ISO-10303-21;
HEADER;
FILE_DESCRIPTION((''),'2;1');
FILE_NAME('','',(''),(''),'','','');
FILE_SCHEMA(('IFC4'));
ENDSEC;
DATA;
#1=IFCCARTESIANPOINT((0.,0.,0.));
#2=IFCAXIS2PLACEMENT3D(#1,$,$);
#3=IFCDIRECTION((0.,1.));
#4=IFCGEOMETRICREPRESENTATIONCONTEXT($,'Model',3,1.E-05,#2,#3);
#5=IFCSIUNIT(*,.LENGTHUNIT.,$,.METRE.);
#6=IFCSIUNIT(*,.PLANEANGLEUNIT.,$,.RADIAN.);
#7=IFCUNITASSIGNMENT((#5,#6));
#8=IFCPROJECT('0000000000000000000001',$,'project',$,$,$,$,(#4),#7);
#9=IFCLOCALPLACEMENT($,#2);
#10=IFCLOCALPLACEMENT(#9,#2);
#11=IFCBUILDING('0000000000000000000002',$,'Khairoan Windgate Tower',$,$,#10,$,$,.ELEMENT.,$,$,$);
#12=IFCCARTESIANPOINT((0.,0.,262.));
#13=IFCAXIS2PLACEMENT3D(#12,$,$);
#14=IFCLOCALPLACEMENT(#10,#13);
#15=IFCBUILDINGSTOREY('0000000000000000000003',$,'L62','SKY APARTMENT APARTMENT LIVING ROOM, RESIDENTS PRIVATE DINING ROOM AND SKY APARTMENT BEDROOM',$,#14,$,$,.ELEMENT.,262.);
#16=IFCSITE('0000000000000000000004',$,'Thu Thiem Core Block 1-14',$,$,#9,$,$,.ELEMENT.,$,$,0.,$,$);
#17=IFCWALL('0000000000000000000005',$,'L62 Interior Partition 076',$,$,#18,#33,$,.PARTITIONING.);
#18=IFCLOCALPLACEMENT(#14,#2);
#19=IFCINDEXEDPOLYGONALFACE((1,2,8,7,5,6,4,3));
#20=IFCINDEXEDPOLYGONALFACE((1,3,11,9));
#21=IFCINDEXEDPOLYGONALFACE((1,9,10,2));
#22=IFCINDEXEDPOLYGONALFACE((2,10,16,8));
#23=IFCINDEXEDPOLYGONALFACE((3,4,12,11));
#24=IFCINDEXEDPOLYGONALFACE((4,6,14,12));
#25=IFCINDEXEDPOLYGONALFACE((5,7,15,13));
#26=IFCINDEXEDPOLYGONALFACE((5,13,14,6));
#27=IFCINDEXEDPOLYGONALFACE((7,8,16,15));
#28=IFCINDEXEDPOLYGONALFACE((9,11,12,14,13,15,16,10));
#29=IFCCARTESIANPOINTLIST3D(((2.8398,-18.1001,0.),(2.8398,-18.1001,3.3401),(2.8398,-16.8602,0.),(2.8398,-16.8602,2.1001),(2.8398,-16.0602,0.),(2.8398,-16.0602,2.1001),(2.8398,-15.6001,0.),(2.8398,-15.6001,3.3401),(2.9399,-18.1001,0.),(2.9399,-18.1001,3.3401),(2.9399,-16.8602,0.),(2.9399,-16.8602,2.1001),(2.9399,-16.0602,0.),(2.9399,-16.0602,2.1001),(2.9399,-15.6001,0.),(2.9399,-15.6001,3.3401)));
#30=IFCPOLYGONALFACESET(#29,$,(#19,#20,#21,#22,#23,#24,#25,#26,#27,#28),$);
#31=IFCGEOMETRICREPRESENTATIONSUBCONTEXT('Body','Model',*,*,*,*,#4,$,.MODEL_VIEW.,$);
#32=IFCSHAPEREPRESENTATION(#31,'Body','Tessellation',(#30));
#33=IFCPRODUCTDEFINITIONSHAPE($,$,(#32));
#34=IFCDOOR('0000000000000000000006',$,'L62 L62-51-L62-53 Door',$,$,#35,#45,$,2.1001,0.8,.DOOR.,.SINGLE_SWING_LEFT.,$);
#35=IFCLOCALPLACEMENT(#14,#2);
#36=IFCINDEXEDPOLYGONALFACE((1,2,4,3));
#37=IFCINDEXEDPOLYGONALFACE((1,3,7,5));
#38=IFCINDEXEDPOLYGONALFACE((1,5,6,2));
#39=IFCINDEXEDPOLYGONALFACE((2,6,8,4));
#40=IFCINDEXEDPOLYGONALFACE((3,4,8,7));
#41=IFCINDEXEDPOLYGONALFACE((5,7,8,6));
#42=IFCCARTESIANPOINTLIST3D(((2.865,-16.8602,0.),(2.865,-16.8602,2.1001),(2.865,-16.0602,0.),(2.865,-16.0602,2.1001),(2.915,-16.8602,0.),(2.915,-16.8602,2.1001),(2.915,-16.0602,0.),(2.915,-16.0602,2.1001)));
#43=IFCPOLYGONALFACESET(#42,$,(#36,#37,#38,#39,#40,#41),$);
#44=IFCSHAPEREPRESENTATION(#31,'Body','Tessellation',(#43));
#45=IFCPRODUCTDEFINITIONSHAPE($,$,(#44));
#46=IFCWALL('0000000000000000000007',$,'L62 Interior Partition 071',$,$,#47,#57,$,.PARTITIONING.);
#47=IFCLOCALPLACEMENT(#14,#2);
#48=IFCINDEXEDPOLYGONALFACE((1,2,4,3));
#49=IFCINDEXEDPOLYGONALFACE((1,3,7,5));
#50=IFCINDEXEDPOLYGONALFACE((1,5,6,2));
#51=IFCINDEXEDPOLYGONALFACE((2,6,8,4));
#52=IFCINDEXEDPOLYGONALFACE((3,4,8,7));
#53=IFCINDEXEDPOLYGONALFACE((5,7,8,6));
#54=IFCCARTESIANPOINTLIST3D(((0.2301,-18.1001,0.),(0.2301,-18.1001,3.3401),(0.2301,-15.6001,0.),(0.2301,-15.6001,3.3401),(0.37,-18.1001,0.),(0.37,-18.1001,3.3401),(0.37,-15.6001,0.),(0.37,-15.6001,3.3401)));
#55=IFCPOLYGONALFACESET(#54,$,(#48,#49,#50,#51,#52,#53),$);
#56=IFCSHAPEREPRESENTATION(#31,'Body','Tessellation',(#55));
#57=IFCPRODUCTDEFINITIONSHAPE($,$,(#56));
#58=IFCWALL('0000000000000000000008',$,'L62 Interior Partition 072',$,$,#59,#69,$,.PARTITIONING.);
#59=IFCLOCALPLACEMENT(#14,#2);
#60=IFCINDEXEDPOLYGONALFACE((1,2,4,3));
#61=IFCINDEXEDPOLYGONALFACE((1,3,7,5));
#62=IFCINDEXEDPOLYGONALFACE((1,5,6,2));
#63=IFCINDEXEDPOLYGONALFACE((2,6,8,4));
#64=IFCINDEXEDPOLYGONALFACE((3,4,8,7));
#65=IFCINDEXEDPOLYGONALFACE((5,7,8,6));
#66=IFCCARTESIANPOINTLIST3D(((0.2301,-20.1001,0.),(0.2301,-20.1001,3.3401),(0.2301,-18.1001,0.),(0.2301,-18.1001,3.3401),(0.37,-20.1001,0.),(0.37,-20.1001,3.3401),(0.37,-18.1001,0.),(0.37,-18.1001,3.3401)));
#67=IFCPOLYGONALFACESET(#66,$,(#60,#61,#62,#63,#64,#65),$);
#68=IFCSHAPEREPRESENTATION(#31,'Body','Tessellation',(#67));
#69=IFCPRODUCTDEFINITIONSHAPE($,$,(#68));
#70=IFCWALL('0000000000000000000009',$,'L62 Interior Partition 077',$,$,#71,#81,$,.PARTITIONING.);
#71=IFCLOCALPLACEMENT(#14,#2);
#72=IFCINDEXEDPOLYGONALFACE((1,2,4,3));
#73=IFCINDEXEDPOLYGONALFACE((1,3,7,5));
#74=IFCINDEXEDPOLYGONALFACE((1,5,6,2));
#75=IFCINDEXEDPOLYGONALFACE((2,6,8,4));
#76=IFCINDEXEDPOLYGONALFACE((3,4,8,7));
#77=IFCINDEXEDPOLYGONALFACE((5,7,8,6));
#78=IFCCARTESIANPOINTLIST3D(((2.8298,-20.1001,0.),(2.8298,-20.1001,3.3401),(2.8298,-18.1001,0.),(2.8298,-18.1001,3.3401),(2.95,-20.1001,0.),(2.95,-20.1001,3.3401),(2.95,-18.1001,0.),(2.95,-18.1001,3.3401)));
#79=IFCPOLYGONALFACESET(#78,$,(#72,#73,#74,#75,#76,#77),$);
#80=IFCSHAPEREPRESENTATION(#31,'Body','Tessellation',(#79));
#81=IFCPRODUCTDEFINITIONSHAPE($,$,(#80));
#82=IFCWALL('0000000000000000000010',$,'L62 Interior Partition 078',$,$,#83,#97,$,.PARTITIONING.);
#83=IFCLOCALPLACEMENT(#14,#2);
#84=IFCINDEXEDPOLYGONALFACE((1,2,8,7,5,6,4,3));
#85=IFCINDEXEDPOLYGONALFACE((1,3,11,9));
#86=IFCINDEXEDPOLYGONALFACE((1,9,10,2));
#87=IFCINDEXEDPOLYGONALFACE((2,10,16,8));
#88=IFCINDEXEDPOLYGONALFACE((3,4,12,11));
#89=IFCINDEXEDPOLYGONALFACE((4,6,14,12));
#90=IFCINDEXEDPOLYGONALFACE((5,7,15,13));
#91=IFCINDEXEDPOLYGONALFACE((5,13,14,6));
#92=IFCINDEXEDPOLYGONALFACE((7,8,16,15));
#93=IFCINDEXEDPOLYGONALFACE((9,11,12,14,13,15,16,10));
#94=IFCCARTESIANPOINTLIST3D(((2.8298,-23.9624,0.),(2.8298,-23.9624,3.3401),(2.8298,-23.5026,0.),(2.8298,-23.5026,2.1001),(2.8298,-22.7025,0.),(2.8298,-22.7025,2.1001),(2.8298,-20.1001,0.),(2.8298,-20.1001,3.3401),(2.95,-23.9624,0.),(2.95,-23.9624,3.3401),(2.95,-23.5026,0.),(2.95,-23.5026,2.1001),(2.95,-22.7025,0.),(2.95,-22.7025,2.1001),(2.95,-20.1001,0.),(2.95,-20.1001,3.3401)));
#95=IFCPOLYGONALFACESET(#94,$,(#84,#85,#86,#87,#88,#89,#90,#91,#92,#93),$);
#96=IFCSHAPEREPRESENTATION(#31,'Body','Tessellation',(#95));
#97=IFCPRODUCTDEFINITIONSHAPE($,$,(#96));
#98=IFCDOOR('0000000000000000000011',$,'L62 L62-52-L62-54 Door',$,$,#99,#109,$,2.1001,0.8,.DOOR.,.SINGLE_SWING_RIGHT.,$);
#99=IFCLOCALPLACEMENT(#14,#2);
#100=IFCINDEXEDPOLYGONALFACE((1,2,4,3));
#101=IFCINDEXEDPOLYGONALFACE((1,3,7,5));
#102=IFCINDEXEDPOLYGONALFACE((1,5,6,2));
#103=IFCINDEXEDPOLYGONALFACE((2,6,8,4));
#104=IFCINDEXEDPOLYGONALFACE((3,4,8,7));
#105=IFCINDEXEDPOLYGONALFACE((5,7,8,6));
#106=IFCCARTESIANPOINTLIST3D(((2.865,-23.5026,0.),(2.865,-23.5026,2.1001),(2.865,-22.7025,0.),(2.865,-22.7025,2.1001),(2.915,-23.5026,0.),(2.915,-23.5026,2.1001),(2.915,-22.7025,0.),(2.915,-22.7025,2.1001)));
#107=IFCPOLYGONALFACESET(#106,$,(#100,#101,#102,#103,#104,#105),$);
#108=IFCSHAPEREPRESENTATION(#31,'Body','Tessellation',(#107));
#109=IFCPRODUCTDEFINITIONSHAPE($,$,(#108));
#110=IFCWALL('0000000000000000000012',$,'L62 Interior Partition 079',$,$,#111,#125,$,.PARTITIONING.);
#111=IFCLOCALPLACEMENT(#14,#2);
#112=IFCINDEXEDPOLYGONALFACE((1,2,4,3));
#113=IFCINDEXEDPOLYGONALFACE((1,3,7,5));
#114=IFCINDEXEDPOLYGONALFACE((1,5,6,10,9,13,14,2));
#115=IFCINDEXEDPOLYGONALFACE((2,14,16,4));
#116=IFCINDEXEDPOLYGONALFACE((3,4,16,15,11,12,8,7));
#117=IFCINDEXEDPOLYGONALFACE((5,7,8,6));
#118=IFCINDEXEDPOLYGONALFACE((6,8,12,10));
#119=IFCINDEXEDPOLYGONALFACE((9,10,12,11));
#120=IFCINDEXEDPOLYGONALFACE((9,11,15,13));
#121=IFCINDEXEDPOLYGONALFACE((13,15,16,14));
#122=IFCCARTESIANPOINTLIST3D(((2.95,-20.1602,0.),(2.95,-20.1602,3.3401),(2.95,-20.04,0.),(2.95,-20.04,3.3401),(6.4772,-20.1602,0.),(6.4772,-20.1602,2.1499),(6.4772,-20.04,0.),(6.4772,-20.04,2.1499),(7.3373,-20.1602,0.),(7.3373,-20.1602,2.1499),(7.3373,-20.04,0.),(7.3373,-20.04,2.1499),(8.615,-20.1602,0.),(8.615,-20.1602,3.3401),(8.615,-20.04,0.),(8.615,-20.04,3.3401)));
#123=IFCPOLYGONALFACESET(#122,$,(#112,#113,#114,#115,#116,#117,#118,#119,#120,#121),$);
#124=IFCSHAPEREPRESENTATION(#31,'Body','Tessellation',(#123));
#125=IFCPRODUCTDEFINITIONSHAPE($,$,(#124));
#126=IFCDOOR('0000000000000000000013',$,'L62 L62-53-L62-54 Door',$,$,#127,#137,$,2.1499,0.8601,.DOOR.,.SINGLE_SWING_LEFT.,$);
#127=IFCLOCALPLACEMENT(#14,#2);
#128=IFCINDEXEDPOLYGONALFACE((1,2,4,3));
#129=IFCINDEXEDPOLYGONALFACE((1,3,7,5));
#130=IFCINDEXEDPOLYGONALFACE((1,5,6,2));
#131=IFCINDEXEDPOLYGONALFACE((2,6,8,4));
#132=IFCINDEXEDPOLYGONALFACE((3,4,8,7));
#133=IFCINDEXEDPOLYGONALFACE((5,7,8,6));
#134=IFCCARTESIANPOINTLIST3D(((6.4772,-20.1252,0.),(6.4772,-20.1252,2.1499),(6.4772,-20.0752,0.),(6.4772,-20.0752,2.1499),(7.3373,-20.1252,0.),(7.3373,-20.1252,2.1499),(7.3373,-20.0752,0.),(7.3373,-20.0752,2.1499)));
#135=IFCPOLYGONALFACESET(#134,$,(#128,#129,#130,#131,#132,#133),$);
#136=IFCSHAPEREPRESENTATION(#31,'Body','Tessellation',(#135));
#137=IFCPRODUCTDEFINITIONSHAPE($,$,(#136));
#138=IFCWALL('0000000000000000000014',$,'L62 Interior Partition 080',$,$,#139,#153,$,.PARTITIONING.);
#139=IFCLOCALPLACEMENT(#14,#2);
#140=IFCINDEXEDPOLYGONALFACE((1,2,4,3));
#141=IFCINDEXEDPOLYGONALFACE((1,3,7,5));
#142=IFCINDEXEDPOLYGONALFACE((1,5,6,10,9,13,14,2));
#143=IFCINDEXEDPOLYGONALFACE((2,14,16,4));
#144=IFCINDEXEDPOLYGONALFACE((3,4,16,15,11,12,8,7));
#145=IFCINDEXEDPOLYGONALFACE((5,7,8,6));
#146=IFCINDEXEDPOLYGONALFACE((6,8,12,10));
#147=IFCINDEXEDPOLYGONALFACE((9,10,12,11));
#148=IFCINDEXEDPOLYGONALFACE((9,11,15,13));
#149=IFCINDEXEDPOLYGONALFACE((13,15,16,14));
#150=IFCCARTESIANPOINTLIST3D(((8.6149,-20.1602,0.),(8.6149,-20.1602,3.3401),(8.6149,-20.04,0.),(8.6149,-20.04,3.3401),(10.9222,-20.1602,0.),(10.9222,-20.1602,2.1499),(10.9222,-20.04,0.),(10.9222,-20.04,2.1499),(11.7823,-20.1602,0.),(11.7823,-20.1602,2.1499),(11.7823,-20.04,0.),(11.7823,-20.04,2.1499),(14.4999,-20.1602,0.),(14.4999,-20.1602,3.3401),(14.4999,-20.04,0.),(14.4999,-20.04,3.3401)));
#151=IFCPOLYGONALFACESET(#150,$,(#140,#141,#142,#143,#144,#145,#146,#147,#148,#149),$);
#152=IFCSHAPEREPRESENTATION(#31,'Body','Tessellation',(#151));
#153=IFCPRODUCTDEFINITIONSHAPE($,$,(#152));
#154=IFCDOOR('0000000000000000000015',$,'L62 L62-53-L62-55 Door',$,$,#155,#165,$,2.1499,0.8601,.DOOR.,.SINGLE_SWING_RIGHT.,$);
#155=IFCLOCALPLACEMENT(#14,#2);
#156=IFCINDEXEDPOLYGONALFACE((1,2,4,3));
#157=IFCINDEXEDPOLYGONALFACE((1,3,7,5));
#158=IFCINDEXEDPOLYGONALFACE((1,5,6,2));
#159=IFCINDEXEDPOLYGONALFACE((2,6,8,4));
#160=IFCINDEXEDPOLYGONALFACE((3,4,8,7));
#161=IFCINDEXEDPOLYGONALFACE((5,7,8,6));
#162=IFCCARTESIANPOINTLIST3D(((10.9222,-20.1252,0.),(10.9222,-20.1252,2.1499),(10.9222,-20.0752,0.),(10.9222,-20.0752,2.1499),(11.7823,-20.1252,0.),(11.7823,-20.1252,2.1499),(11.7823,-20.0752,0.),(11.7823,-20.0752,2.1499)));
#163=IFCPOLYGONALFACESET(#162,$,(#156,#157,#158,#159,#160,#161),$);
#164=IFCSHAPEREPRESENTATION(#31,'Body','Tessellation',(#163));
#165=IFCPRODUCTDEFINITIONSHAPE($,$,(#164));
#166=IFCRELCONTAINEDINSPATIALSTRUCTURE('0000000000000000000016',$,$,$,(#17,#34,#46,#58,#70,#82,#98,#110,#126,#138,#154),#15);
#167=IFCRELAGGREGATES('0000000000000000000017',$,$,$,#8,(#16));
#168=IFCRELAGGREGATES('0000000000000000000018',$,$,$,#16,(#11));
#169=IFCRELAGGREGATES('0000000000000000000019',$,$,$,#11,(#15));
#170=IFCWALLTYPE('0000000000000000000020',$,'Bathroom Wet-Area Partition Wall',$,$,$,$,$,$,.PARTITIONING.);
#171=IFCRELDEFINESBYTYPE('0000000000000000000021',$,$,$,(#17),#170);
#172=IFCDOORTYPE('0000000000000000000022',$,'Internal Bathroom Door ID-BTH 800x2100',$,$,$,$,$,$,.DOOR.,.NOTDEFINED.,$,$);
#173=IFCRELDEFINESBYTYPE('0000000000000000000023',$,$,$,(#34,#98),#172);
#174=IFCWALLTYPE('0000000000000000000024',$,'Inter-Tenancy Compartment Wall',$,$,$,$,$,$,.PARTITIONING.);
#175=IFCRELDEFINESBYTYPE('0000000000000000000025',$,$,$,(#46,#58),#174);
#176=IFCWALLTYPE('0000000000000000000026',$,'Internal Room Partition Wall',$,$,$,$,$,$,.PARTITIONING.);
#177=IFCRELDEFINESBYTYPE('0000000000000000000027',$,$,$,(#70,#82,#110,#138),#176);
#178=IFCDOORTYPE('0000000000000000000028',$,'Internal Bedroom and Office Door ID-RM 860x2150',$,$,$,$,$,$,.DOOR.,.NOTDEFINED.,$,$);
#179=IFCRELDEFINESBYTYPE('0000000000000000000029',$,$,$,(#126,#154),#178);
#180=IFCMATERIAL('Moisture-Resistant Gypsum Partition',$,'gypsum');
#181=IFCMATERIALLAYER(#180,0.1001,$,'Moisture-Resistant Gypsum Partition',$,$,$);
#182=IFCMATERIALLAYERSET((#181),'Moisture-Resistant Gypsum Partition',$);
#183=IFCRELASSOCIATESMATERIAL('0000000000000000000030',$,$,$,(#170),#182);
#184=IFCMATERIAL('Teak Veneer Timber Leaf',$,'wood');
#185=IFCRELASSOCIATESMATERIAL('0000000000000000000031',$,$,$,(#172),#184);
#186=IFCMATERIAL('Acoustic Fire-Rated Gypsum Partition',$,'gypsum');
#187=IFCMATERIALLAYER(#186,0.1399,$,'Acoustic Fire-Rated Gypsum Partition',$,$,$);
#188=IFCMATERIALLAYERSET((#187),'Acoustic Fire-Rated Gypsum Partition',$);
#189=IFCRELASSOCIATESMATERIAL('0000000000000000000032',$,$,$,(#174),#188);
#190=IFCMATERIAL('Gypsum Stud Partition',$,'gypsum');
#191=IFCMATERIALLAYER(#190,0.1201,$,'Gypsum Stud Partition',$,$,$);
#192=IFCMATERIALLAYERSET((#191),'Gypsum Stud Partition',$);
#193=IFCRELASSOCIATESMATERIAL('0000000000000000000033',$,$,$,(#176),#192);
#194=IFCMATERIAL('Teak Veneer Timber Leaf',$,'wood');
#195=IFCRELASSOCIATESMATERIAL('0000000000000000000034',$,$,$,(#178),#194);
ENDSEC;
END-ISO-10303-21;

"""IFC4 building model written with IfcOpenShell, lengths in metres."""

from ifc_helpers import new_model, si_unit, direction, frame, frame_2d, origin, place, context, subcontext, project, spatial, rectangle, extrude, material, layer, layer_set, type_object, element, fill, save


model = new_model("IFC4")

# Units and contexts
model_context = context("Model", 3, precision=1e-05, world=origin(), true_north=direction((0.0, 1.0)))
body_context = subcontext(model_context, "Body", "Model", "MODEL_VIEW")
ifc_project = project(units=[si_unit("LENGTHUNIT", "METRE"), si_unit("PLANEANGLEUNIT", "RADIAN")], contexts=[model_context])

# Site, building, storey
site_placement = place(None, origin())
site = spatial("IfcSite", under=ifc_project, at=site_placement, Name="Thu Thiem Core Block 1-14", CompositionType="ELEMENT", RefElevation=0.0)
building_placement = place(site_placement, origin())
building = spatial("IfcBuilding", under=site, at=building_placement, Name="Khairoan Windgate Tower", CompositionType="ELEMENT")
storey_placement = place(building_placement, frame((0.0, 0.0, 262.0)))
storey = spatial("IfcBuildingStorey", under=building, at=storey_placement, Name="L62", Description="SKY APARTMENT APARTMENT LIVING ROOM, RESIDENTS PRIVATE DINING ROOM AND SKY APARTMENT BEDROOM", CompositionType="ELEMENT", Elevation=262.0)

# Shared definitions
ifc_material_1 = material(Name="Moisture-Resistant Gypsum Partition", Category="gypsum")
ifc_layer_1 = layer(ifc_material_1, 0.1001, Name="Moisture-Resistant Gypsum Partition")
ifc_layer_set_1 = layer_set([ifc_layer_1], Name="Moisture-Resistant Gypsum Partition")
wall_type_1 = type_object("IfcWallType", Name="Bathroom Wet-Area Partition Wall", PredefinedType="PARTITIONING", material=ifc_layer_set_1)

# Wall, opening, door
wall_1_placement = place(storey_placement, frame((2.8899, -18.1001, 0.0), z_axis=(0.0, 0.0, 1.0), x_axis=(0.0, 1.0, 0.0)))
wall_1 = element("IfcWall", 1, at=wall_1_placement, inside=storey, type_object=wall_type_1, Name="L62 Interior Partition 076", PredefinedType="PARTITIONING", context=body_context, shape_type="SweptSolid", body=[
    extrude(rectangle(XDim=2.5, YDim=0.1001, at=frame_2d((1.25, 0.0))), origin(), (0.0, 0.0, 1.0), 3.3401),
])
opening_1_placement = place(wall_1_placement, frame((1.24, 0.0, 0.0)))
opening_1 = element("IfcOpeningElement", 2, at=opening_1_placement, cuts=wall_1, PredefinedType="OPENING", context=body_context, shape_type="SweptSolid", body=[
    extrude(rectangle(XDim=0.8, YDim=2.1001, at=frame_2d((0.3999, 1.05))), frame((0.0, 0.0601, 0.0), z_axis=(0.0, -1.0, 0.0), x_axis=(1.0, 0.0, 0.0)), (0.0, 0.0, 1.0), 0.1201),
])
ifc_material_2 = material(Name="Teak Veneer Timber Leaf", Category="wood")
door_type_1 = type_object("IfcDoorType", Name="Internal Bathroom Door ID-BTH 800x2100", OperationType="NOTDEFINED", PredefinedType="DOOR", material=ifc_material_2)
door_1_placement = place(opening_1_placement, origin())
door_1 = element("IfcDoor", 3, at=door_1_placement, inside=storey, type_object=door_type_1, Name="L62 L62-51-L62-53 Door", OperationType="SINGLE_SWING_LEFT", OverallHeight=2.1001, OverallWidth=0.8, PredefinedType="DOOR", context=body_context, shape_type="SweptSolid", body=[
    extrude(rectangle(XDim=0.8, YDim=2.1001, at=frame_2d((0.3999, 1.05))), frame((0.0, 0.0249, 0.0), z_axis=(0.0, -1.0, 0.0), x_axis=(1.0, 0.0, 0.0)), (0.0, 0.0, 1.0), 0.05),
])
fill(opening_1, door_1)

# Walls
ifc_material_3 = material(Name="Acoustic Fire-Rated Gypsum Partition", Category="gypsum")
ifc_layer_2 = layer(ifc_material_3, 0.1399, Name="Acoustic Fire-Rated Gypsum Partition")
ifc_layer_set_2 = layer_set([ifc_layer_2], Name="Acoustic Fire-Rated Gypsum Partition")
wall_type_2 = type_object("IfcWallType", Name="Inter-Tenancy Compartment Wall", PredefinedType="PARTITIONING", material=ifc_layer_set_2)
wall_2_placement = place(storey_placement, frame((0.3, -18.1001, 0.0), z_axis=(0.0, 0.0, 1.0), x_axis=(0.0, 1.0, 0.0)))
element("IfcWall", 4, at=wall_2_placement, inside=storey, type_object=wall_type_2, Name="L62 Interior Partition 071", PredefinedType="PARTITIONING", context=body_context, shape_type="SweptSolid", body=[
    extrude(rectangle(XDim=2.5, YDim=0.1399, at=frame_2d((1.25, 0.0))), origin(), (0.0, 0.0, 1.0), 3.3401),
])
wall_3_placement = place(storey_placement, frame((0.3, -20.1001, 0.0), z_axis=(0.0, 0.0, 1.0), x_axis=(0.0, 1.0, 0.0)))
element("IfcWall", 5, at=wall_3_placement, inside=storey, type_object=wall_type_2, Name="L62 Interior Partition 072", PredefinedType="PARTITIONING", context=body_context, shape_type="SweptSolid", body=[
    extrude(rectangle(XDim=2.0, YDim=0.1399, at=frame_2d((1.0, 0.0))), origin(), (0.0, 0.0, 1.0), 3.3401),
])
ifc_material_4 = material(Name="Gypsum Stud Partition", Category="gypsum")
ifc_layer_3 = layer(ifc_material_4, 0.1201, Name="Gypsum Stud Partition")
ifc_layer_set_3 = layer_set([ifc_layer_3], Name="Gypsum Stud Partition")
wall_type_3 = type_object("IfcWallType", Name="Internal Room Partition Wall", PredefinedType="PARTITIONING", material=ifc_layer_set_3)
wall_4_placement = place(storey_placement, frame((2.8899, -20.1001, 0.0), z_axis=(0.0, 0.0, 1.0), x_axis=(0.0, 1.0, 0.0)))
element("IfcWall", 6, at=wall_4_placement, inside=storey, type_object=wall_type_3, Name="L62 Interior Partition 077", PredefinedType="PARTITIONING", context=body_context, shape_type="SweptSolid", body=[
    extrude(rectangle(XDim=2.0, YDim=0.1201, at=frame_2d((1.0, 0.0))), origin(), (0.0, 0.0, 1.0), 3.3401),
])

# Walls, openings, doors
wall_5_placement = place(storey_placement, frame((2.8899, -23.9624, 0.0), z_axis=(0.0, 0.0, 1.0), x_axis=(0.0, 1.0, 0.0)))
wall_5 = element("IfcWall", 7, at=wall_5_placement, inside=storey, type_object=wall_type_3, Name="L62 Interior Partition 078", PredefinedType="PARTITIONING", context=body_context, shape_type="SweptSolid", body=[
    extrude(rectangle(XDim=3.8623, YDim=0.1201, at=frame_2d((1.9312, 0.0))), origin(), (0.0, 0.0, 1.0), 3.3401),
])
opening_2_placement = place(wall_5_placement, frame((0.46, 0.0, 0.0)))
opening_2 = element("IfcOpeningElement", 8, at=opening_2_placement, cuts=wall_5, PredefinedType="OPENING", context=body_context, shape_type="SweptSolid", body=[
    extrude(rectangle(XDim=0.8, YDim=2.1001, at=frame_2d((0.3999, 1.05))), frame((0.0, 0.0701, 0.0), z_axis=(0.0, -1.0, 0.0), x_axis=(1.0, 0.0, 0.0)), (0.0, 0.0, 1.0), 0.1401),
])
door_2_placement = place(opening_2_placement, origin())
door_2 = element("IfcDoor", 9, at=door_2_placement, inside=storey, type_object=door_type_1, Name="L62 L62-52-L62-54 Door", OperationType="SINGLE_SWING_RIGHT", OverallHeight=2.1001, OverallWidth=0.8, PredefinedType="DOOR", context=body_context, shape_type="SweptSolid", body=[
    extrude(rectangle(XDim=0.8, YDim=2.1001, at=frame_2d((0.3999, 1.05))), frame((0.0, 0.0249, 0.0), z_axis=(0.0, -1.0, 0.0), x_axis=(1.0, 0.0, 0.0)), (0.0, 0.0, 1.0), 0.05),
])
fill(opening_2, door_2)
wall_6_placement = place(storey_placement, frame((2.95, -20.1001, 0.0), z_axis=(0.0, 0.0, 1.0), x_axis=(1.0, 0.0, 0.0)))
wall_6 = element("IfcWall", 10, at=wall_6_placement, inside=storey, type_object=wall_type_3, Name="L62 Interior Partition 079", PredefinedType="PARTITIONING", context=body_context, shape_type="SweptSolid", body=[
    extrude(rectangle(XDim=5.665, YDim=0.1201, at=frame_2d((2.8325, 0.0))), origin(), (0.0, 0.0, 1.0), 3.3401),
])
opening_3_placement = place(wall_6_placement, frame((3.5271, 0.0, 0.0)))
opening_3 = element("IfcOpeningElement", 11, at=opening_3_placement, cuts=wall_6, PredefinedType="OPENING", context=body_context, shape_type="SweptSolid", body=[
    extrude(rectangle(XDim=0.8601, YDim=2.1499, at=frame_2d((0.4302, 1.075))), frame((0.0, 0.0701, 0.0), z_axis=(0.0, -1.0, 0.0), x_axis=(1.0, 0.0, 0.0)), (0.0, 0.0, 1.0), 0.1401),
])
ifc_material_5 = material(Name="Teak Veneer Timber Leaf", Category="wood")
door_type_2 = type_object("IfcDoorType", Name="Internal Bedroom and Office Door ID-RM 860x2150", OperationType="NOTDEFINED", PredefinedType="DOOR", material=ifc_material_5)
door_3_placement = place(opening_3_placement, origin())
door_3 = element("IfcDoor", 12, at=door_3_placement, inside=storey, type_object=door_type_2, Name="L62 L62-53-L62-54 Door", OperationType="SINGLE_SWING_LEFT", OverallHeight=2.1499, OverallWidth=0.8601, PredefinedType="DOOR", context=body_context, shape_type="SweptSolid", body=[
    extrude(rectangle(XDim=0.8601, YDim=2.1499, at=frame_2d((0.4302, 1.075))), frame((0.0, 0.0249, 0.0), z_axis=(0.0, -1.0, 0.0), x_axis=(1.0, 0.0, 0.0)), (0.0, 0.0, 1.0), 0.05),
])
fill(opening_3, door_3)
wall_7_placement = place(storey_placement, frame((8.615, -20.1001, 0.0), z_axis=(0.0, 0.0, 1.0), x_axis=(1.0, 0.0, 0.0)))
wall_7 = element("IfcWall", 13, at=wall_7_placement, inside=storey, type_object=wall_type_3, Name="L62 Interior Partition 080", PredefinedType="PARTITIONING", context=body_context, shape_type="SweptSolid", body=[
    extrude(rectangle(XDim=5.885, YDim=0.1201, at=frame_2d((2.9424, 0.0))), origin(), (0.0, 0.0, 1.0), 3.3401),
])
opening_4_placement = place(wall_7_placement, frame((2.3071, 0.0, 0.0)))
opening_4 = element("IfcOpeningElement", 14, at=opening_4_placement, cuts=wall_7, PredefinedType="OPENING", context=body_context, shape_type="SweptSolid", body=[
    extrude(rectangle(XDim=0.8601, YDim=2.1499, at=frame_2d((0.4302, 1.075))), frame((0.0, 0.0701, 0.0), z_axis=(0.0, -1.0, 0.0), x_axis=(1.0, 0.0, 0.0)), (0.0, 0.0, 1.0), 0.1401),
])
door_4_placement = place(opening_4_placement, origin())
door_4 = element("IfcDoor", 15, at=door_4_placement, inside=storey, type_object=door_type_2, Name="L62 L62-53-L62-55 Door", OperationType="SINGLE_SWING_RIGHT", OverallHeight=2.1499, OverallWidth=0.8601, PredefinedType="DOOR", context=body_context, shape_type="SweptSolid", body=[
    extrude(rectangle(XDim=0.8601, YDim=2.1499, at=frame_2d((0.4302, 1.075))), frame((0.0, 0.0249, 0.0), z_axis=(0.0, -1.0, 0.0), x_axis=(1.0, 0.0, 0.0)), (0.0, 0.0, 1.0), 0.05),
])
fill(opening_4, door_4)

save(model, "model.ifc")
